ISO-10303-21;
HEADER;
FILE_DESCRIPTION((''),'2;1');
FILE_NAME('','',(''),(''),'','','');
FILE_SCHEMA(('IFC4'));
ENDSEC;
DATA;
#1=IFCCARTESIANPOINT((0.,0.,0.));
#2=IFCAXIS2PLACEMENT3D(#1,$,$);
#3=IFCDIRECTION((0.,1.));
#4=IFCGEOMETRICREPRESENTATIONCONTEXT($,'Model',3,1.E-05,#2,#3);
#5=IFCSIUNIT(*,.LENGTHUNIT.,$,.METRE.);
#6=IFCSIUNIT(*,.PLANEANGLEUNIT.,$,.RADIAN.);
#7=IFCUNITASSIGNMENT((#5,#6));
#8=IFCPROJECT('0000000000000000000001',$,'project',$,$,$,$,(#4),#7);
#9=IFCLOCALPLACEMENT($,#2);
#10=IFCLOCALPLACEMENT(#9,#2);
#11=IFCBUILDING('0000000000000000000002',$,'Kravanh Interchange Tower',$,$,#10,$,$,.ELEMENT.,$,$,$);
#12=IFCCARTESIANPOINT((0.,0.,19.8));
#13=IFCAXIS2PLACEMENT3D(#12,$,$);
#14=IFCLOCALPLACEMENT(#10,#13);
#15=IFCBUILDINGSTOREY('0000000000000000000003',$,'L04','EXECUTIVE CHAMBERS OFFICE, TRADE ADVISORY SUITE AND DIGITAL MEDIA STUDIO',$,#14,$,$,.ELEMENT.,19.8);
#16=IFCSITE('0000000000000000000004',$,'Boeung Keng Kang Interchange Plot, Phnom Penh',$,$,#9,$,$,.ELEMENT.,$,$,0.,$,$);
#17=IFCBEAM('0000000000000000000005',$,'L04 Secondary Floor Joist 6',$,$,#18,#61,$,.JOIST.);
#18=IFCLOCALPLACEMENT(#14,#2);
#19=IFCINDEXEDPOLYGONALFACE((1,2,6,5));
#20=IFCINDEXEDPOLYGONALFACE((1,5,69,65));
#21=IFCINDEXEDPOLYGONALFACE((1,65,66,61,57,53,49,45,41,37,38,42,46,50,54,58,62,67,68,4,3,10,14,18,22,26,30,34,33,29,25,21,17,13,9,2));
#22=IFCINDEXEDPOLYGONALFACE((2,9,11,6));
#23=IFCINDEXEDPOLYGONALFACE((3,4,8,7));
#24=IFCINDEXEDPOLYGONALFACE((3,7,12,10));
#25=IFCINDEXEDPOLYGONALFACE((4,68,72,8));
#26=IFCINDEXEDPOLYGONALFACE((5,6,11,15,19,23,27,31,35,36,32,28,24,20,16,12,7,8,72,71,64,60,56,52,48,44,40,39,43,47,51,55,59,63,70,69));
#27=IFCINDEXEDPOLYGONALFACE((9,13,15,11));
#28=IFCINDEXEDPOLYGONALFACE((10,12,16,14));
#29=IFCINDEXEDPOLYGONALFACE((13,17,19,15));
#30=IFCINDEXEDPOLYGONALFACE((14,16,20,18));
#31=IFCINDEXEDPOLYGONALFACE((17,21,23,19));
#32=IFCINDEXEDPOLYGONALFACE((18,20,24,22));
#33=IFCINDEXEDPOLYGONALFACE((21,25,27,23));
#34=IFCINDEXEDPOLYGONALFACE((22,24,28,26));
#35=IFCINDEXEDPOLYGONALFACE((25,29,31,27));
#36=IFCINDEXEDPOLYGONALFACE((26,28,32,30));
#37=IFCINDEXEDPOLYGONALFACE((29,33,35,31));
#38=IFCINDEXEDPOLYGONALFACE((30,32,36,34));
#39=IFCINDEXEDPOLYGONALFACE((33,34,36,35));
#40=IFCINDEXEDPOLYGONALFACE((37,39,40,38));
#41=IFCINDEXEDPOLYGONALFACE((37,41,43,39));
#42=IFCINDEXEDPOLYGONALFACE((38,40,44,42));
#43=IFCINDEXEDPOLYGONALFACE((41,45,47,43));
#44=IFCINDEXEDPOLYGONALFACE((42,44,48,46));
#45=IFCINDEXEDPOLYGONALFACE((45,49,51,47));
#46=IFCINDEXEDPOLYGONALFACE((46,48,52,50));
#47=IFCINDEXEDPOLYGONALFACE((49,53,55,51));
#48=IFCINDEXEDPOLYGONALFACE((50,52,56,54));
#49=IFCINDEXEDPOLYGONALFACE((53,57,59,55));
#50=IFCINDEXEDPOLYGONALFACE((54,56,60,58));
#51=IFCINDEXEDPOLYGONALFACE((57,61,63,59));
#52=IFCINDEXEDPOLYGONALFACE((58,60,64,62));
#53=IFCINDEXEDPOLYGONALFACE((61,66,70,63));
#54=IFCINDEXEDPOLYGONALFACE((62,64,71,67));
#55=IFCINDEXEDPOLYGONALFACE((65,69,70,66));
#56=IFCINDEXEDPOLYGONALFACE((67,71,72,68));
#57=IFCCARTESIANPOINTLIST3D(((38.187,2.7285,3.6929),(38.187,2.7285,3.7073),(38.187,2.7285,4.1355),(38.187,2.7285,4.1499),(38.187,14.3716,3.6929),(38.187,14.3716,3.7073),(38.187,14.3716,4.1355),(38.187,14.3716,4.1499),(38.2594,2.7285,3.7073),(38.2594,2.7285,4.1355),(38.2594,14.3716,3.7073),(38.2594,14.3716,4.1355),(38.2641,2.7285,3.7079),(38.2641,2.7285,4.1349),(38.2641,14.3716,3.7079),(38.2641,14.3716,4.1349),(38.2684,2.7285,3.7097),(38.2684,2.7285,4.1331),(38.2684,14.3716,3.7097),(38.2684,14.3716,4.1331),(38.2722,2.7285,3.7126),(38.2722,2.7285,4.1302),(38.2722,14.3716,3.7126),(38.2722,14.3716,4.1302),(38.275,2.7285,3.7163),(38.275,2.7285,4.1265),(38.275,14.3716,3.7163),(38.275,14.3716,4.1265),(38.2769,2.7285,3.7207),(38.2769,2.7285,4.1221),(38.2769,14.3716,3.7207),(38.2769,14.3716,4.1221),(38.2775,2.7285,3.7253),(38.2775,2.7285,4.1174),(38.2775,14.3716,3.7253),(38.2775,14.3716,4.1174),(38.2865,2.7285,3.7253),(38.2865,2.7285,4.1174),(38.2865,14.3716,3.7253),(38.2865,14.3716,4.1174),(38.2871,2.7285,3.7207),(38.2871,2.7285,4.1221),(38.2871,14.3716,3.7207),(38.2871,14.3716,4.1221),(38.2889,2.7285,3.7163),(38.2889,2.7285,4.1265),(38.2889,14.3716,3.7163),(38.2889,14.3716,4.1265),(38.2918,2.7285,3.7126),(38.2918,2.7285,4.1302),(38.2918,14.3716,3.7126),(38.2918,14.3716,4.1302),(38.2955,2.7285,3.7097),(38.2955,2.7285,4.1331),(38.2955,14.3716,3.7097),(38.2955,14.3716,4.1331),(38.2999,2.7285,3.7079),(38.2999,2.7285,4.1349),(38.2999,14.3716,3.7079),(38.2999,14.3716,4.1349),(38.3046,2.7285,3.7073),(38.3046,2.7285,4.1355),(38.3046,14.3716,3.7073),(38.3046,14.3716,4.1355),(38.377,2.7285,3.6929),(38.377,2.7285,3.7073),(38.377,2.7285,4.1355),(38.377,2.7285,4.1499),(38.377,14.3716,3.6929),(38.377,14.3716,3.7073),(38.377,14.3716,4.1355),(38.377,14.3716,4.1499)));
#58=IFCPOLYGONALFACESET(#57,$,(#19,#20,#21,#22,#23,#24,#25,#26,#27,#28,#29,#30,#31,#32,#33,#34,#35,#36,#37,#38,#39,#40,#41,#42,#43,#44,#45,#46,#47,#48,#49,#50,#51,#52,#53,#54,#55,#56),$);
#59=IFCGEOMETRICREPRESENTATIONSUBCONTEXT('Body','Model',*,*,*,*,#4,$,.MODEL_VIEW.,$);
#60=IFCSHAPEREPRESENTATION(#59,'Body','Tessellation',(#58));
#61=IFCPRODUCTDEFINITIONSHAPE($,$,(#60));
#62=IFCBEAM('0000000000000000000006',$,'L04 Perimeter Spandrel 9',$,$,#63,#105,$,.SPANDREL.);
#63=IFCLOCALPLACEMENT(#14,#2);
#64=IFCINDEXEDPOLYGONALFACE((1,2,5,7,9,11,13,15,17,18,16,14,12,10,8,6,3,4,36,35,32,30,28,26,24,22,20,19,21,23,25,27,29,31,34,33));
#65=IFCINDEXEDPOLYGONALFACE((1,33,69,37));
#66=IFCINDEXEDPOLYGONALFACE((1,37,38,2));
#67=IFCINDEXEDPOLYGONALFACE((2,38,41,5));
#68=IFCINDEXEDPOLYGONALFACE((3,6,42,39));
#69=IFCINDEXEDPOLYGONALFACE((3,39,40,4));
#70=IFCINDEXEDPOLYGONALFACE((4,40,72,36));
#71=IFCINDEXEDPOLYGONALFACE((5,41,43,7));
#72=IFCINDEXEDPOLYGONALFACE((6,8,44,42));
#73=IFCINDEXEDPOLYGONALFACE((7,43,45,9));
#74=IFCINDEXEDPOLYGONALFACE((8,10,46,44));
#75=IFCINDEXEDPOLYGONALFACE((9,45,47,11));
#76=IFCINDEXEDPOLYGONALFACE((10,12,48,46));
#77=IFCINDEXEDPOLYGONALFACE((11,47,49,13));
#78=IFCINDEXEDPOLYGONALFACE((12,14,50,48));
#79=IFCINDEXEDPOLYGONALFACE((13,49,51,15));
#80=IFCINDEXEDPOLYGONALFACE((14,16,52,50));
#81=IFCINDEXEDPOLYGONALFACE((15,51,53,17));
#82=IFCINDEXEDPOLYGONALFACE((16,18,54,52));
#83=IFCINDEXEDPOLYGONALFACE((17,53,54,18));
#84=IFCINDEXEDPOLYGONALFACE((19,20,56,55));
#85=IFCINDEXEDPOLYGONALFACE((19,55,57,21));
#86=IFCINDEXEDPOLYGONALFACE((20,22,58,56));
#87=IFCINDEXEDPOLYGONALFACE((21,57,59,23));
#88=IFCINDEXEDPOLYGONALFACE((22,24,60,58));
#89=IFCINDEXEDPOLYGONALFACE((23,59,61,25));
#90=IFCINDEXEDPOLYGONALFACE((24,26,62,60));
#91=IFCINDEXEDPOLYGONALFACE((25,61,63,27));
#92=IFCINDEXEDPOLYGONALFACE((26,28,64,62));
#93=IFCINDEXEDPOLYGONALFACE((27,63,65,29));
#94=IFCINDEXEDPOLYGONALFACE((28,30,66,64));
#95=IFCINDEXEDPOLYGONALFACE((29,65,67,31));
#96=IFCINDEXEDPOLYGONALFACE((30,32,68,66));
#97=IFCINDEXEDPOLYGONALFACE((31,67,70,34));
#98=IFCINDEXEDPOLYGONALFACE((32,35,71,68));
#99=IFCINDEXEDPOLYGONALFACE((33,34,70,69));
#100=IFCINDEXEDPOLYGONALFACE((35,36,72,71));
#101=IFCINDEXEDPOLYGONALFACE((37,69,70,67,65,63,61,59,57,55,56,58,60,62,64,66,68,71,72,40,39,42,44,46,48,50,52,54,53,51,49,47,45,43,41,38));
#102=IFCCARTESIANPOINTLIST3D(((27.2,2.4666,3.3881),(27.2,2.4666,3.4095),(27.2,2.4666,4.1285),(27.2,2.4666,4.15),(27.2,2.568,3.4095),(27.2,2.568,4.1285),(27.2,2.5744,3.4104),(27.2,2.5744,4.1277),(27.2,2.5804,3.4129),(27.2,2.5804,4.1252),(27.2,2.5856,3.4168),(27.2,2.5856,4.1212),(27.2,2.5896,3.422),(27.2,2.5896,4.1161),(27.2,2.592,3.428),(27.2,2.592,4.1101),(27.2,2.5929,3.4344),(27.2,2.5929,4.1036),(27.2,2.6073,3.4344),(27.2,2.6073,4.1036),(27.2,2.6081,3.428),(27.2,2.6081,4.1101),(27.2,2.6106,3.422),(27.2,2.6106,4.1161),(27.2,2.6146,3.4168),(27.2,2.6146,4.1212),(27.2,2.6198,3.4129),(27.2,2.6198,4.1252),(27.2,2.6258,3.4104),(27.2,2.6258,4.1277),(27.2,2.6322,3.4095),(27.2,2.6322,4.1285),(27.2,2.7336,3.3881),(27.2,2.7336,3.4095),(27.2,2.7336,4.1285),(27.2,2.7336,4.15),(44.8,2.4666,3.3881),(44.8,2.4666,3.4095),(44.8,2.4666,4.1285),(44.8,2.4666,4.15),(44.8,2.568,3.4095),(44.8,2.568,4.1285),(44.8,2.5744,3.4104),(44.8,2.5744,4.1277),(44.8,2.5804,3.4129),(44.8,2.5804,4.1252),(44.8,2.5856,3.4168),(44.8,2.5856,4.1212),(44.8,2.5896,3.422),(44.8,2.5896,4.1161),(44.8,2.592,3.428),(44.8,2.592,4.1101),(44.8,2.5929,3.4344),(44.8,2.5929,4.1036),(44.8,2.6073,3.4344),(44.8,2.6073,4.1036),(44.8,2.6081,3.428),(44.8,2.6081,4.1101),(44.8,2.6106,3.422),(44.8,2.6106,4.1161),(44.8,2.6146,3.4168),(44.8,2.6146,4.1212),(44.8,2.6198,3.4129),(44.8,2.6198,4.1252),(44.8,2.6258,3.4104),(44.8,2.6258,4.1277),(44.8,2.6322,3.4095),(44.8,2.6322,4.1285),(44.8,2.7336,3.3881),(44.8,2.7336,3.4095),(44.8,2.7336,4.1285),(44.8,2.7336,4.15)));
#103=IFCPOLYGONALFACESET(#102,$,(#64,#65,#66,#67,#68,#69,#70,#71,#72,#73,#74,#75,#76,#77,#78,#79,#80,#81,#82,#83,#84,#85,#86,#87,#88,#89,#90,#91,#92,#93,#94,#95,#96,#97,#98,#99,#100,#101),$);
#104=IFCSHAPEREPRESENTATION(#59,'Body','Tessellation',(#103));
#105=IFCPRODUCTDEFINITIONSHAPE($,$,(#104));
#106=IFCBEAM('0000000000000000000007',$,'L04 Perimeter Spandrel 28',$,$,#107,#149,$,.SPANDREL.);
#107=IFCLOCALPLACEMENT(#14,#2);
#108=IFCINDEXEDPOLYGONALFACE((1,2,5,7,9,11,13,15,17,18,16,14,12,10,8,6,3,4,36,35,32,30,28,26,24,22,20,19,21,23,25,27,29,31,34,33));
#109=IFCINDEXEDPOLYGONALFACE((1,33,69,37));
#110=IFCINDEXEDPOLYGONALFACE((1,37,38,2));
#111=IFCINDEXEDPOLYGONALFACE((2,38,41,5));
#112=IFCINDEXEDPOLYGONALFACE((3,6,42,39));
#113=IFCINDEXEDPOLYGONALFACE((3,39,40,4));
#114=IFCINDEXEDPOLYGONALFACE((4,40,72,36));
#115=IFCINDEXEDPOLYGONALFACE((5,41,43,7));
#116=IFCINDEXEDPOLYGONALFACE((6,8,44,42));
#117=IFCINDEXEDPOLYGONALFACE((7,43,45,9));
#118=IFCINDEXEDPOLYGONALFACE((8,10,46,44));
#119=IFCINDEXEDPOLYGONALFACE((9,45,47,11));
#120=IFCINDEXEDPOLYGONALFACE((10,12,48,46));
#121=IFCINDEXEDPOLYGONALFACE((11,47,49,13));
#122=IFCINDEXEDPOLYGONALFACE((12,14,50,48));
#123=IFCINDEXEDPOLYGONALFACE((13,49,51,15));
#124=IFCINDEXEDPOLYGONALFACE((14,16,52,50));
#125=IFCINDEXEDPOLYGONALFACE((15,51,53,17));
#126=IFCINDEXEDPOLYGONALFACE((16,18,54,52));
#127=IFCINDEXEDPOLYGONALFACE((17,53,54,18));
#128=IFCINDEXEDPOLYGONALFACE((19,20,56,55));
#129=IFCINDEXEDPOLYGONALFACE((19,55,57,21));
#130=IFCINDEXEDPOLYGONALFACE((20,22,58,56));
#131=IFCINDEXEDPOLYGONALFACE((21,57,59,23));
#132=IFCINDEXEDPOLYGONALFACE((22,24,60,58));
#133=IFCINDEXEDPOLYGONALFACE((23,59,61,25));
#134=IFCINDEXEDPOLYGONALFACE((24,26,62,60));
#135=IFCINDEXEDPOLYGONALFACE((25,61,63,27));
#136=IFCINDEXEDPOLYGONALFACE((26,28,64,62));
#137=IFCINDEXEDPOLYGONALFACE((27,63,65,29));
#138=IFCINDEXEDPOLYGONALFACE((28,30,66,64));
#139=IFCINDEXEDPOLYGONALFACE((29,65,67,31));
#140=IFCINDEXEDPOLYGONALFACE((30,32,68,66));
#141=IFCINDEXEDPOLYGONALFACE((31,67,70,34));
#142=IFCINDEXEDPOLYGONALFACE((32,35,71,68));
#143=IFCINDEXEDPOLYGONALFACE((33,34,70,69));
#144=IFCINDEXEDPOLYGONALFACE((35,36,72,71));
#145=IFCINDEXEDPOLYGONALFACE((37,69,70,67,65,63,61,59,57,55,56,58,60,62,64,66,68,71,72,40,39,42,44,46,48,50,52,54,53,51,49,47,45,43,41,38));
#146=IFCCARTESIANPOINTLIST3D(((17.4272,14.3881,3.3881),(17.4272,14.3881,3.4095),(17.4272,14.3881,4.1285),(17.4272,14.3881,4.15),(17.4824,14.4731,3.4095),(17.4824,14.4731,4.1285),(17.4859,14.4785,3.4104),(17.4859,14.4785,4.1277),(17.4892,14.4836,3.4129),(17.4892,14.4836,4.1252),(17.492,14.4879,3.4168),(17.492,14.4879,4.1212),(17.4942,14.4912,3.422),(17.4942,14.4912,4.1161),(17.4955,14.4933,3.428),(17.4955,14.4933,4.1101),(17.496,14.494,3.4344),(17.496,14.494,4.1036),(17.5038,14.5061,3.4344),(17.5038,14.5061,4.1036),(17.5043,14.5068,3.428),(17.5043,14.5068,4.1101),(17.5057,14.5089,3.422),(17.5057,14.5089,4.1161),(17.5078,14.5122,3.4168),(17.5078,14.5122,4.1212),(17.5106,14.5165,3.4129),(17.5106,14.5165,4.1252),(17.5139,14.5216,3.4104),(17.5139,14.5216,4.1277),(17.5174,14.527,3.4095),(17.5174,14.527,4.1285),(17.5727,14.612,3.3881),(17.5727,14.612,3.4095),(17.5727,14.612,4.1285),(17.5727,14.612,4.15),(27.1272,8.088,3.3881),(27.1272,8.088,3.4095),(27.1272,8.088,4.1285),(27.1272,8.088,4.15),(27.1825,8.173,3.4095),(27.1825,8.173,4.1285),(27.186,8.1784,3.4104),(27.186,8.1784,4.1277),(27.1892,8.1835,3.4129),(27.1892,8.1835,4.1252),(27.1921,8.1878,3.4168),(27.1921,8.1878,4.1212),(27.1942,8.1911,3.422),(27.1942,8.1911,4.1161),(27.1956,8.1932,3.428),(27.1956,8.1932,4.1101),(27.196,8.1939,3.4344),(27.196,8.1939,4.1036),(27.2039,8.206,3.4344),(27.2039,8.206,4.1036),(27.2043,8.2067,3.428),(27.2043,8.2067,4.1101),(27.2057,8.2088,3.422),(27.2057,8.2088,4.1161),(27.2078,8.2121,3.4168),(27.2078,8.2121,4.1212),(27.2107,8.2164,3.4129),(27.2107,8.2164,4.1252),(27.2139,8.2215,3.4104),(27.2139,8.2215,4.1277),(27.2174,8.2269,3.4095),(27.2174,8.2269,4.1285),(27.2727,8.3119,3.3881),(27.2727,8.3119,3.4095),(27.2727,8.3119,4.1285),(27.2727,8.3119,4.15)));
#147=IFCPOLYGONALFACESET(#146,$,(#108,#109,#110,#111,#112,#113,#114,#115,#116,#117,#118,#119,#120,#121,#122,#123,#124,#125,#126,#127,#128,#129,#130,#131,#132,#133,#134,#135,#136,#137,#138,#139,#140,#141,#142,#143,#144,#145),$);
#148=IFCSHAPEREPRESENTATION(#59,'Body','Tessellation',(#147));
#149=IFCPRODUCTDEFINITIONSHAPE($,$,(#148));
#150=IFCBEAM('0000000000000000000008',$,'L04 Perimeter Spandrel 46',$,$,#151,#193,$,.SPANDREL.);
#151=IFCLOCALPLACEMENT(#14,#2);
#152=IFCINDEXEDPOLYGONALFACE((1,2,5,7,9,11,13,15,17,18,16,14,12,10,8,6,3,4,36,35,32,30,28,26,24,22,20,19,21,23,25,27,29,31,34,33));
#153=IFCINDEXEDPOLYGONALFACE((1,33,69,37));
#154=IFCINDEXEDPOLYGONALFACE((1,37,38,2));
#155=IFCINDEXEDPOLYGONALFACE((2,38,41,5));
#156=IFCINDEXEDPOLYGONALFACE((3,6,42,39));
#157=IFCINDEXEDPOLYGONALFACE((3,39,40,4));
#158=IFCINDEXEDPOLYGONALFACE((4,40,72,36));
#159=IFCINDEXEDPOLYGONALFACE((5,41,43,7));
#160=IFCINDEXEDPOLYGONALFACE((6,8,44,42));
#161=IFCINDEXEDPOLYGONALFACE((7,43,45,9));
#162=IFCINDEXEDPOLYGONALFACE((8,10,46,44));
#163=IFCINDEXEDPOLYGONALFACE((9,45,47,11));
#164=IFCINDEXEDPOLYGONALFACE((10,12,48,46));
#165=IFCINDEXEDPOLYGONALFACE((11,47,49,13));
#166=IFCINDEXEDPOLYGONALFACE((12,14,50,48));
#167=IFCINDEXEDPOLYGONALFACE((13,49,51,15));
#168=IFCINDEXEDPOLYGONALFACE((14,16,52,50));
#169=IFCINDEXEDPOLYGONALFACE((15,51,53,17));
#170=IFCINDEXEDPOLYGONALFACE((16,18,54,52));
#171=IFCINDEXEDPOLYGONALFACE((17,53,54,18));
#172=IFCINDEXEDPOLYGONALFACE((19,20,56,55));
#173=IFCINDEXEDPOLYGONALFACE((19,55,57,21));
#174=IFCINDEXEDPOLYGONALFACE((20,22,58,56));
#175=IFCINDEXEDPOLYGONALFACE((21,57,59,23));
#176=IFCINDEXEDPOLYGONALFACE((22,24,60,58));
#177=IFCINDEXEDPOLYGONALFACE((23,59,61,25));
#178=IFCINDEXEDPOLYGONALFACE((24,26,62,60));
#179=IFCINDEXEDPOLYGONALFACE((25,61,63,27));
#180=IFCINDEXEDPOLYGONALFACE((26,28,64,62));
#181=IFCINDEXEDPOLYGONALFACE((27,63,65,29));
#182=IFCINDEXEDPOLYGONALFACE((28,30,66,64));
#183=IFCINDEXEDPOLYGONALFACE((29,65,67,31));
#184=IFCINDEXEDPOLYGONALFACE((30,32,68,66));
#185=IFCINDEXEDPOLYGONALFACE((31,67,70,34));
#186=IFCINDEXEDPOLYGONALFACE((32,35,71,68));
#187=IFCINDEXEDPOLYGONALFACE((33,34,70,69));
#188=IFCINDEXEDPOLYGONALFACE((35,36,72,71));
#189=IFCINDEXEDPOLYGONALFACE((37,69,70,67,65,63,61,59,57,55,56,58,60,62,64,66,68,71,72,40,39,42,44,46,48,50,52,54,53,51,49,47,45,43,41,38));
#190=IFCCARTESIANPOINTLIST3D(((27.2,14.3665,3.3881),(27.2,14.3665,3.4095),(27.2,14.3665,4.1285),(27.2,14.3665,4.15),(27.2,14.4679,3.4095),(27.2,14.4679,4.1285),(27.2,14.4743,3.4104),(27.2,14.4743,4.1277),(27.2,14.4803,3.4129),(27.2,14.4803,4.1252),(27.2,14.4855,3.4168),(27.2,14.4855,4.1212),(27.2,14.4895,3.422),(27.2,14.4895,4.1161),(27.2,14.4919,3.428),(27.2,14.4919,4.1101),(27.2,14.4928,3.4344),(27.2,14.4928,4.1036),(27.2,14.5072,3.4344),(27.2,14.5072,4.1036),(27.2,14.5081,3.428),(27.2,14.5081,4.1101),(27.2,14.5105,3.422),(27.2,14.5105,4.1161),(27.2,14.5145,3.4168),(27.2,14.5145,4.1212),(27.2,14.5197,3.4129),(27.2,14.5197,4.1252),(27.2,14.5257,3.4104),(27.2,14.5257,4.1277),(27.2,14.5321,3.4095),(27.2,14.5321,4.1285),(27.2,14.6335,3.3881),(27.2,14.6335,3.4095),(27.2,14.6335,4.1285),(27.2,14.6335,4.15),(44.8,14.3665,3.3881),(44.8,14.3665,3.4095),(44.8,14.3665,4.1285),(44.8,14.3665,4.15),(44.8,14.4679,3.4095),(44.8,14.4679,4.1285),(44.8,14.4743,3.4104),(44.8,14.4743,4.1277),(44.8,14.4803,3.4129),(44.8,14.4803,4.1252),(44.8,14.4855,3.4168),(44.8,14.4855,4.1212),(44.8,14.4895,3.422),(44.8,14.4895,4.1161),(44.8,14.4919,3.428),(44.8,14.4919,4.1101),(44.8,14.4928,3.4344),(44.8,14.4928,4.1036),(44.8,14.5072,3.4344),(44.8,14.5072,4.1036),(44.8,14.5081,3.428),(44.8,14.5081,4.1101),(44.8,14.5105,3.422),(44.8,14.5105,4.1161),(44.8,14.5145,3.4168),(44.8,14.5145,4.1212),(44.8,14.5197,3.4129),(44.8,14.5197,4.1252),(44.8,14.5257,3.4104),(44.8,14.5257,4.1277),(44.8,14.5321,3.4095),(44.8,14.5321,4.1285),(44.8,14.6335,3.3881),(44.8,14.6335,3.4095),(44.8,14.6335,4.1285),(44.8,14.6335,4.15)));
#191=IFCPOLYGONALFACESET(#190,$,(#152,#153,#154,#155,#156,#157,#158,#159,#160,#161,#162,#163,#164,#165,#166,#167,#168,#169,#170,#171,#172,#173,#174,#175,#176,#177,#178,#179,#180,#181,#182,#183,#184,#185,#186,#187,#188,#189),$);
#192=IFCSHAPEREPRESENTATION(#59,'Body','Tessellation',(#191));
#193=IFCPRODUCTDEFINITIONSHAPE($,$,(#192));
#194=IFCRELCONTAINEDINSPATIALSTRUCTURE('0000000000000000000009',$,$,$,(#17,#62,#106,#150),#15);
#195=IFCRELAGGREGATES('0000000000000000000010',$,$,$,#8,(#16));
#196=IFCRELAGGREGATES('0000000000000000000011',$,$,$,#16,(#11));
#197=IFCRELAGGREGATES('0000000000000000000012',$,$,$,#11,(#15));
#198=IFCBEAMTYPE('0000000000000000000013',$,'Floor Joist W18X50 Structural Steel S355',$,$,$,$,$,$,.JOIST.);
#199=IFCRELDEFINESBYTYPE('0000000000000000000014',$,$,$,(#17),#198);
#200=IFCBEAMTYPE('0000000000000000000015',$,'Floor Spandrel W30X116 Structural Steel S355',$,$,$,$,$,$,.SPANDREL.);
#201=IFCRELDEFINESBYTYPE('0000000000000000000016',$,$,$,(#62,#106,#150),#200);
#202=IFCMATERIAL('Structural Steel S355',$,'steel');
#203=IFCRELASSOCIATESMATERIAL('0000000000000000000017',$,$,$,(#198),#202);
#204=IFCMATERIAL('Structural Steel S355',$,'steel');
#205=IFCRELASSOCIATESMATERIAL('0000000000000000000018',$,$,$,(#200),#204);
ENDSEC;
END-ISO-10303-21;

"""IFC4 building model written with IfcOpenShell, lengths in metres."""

from ifc_helpers import new_model, si_unit, direction, frame, origin, origin_2d, place, context, subcontext, project, spatial, i_section, extrude, material, material_profile, profile_set, type_object, element, save


model = new_model("IFC4")

# Units and contexts
model_context = context("Model", 3, precision=1e-05, world=origin(), true_north=direction((0.0, 1.0)))
body_context = subcontext(model_context, "Body", "Model", "MODEL_VIEW")
ifc_project = project(units=[si_unit("LENGTHUNIT", "METRE"), si_unit("PLANEANGLEUNIT", "RADIAN")], contexts=[model_context])

# Site, building, storey
site_placement = place(None, origin())
site = spatial("IfcSite", under=ifc_project, at=site_placement, Name="Boeung Keng Kang Interchange Plot, Phnom Penh", CompositionType="ELEMENT", RefElevation=0.0)
building_placement = place(site_placement, origin())
building = spatial("IfcBuilding", under=site, at=building_placement, Name="Kravanh Interchange Tower", CompositionType="ELEMENT")
storey_placement = place(building_placement, frame((0.0, 0.0, 19.8)))
storey = spatial("IfcBuildingStorey", under=building, at=storey_placement, Name="L04", Description="EXECUTIVE CHAMBERS OFFICE, TRADE ADVISORY SUITE AND DIGITAL MEDIA STUDIO", CompositionType="ELEMENT", Elevation=19.8)

# Beams
ifc_material_1 = material(Name="Structural Steel S355", Category="steel")
ifc_material_profile_1 = material_profile(ifc_material_1, i_section(OverallWidth=0.1899, OverallDepth=0.457, WebThickness=0.009, FlangeThickness=0.0144, FilletRadius=0.0181, at=origin_2d()), Name="W18X50")
ifc_profile_set_1 = profile_set([ifc_material_profile_1], Name="Structural Steel S355")
beam_type_1 = type_object("IfcBeamType", Name="Floor Joist W18X50 Structural Steel S355", PredefinedType="JOIST", material=ifc_profile_set_1)
for number, where, z_axis, x_axis, name in (
    (1, (38.282, 2.7285, 3.9214), (0.0, 1.0, 0.0), (-1.0, 0.0, 0.0), "L04 Secondary Floor Joist 6"),
):
    element("IfcBeam", number, at=place(storey_placement, frame(where, z_axis=z_axis, x_axis=x_axis)), inside=storey, type_object=beam_type_1, Name=name, PredefinedType="JOIST", context=body_context, shape_type="SweptSolid", body=[
        extrude(i_section(OverallWidth=0.1899, OverallDepth=0.457, WebThickness=0.009, FlangeThickness=0.0144, FilletRadius=0.0181, at=origin_2d()), origin(), (0.0, 0.0, 1.0), 11.6431),
    ])
ifc_material_2 = material(Name="Structural Steel S355", Category="steel")
ifc_material_profile_2 = material_profile(ifc_material_2, i_section(OverallWidth=0.2671, OverallDepth=0.762, WebThickness=0.0144, FlangeThickness=0.0215, FilletRadius=0.0249, at=origin_2d()), Name="W30X116")
ifc_profile_set_2 = profile_set([ifc_material_profile_2], Name="Structural Steel S355")
beam_type_2 = type_object("IfcBeamType", Name="Floor Spandrel W30X116 Structural Steel S355", PredefinedType="SPANDREL", material=ifc_profile_set_2)
beam_1_placement = place(storey_placement, frame((27.2, 2.6001, 3.769), z_axis=(1.0, 0.0, 0.0), x_axis=(0.0, 1.0, 0.0)))
element("IfcBeam", 2, at=beam_1_placement, inside=storey, type_object=beam_type_2, Name="L04 Perimeter Spandrel 9", PredefinedType="SPANDREL", context=body_context, shape_type="SweptSolid", body=[
    extrude(i_section(OverallWidth=0.2671, OverallDepth=0.762, WebThickness=0.0144, FlangeThickness=0.0215, FilletRadius=0.0249, at=origin_2d()), origin(), (0.0, 0.0, 1.0), 17.6001),
])
beam_2_placement = place(storey_placement, frame((27.2, 8.2, 3.769), z_axis=(-0.838638, 0.544689, 0.0), x_axis=(-0.544689, -0.838638, 0.0)))
element("IfcBeam", 3, at=beam_2_placement, inside=storey, type_object=beam_type_2, Name="L04 Perimeter Spandrel 28", PredefinedType="SPANDREL", context=body_context, shape_type="SweptSolid", body=[
    extrude(i_section(OverallWidth=0.2671, OverallDepth=0.762, WebThickness=0.0144, FlangeThickness=0.0215, FilletRadius=0.0249, at=origin_2d()), origin(), (0.0, 0.0, 1.0), 11.5664),
])
beam_3_placement = place(storey_placement, frame((27.2, 14.5, 3.769), z_axis=(1.0, 0.0, 0.0), x_axis=(0.0, 1.0, 0.0)))
element("IfcBeam", 4, at=beam_3_placement, inside=storey, type_object=beam_type_2, Name="L04 Perimeter Spandrel 46", PredefinedType="SPANDREL", context=body_context, shape_type="SweptSolid", body=[
    extrude(i_section(OverallWidth=0.2671, OverallDepth=0.762, WebThickness=0.0144, FlangeThickness=0.0215, FilletRadius=0.0249, at=origin_2d()), origin(), (0.0, 0.0, 1.0), 17.6001),
])

save(model, "model.ifc")
